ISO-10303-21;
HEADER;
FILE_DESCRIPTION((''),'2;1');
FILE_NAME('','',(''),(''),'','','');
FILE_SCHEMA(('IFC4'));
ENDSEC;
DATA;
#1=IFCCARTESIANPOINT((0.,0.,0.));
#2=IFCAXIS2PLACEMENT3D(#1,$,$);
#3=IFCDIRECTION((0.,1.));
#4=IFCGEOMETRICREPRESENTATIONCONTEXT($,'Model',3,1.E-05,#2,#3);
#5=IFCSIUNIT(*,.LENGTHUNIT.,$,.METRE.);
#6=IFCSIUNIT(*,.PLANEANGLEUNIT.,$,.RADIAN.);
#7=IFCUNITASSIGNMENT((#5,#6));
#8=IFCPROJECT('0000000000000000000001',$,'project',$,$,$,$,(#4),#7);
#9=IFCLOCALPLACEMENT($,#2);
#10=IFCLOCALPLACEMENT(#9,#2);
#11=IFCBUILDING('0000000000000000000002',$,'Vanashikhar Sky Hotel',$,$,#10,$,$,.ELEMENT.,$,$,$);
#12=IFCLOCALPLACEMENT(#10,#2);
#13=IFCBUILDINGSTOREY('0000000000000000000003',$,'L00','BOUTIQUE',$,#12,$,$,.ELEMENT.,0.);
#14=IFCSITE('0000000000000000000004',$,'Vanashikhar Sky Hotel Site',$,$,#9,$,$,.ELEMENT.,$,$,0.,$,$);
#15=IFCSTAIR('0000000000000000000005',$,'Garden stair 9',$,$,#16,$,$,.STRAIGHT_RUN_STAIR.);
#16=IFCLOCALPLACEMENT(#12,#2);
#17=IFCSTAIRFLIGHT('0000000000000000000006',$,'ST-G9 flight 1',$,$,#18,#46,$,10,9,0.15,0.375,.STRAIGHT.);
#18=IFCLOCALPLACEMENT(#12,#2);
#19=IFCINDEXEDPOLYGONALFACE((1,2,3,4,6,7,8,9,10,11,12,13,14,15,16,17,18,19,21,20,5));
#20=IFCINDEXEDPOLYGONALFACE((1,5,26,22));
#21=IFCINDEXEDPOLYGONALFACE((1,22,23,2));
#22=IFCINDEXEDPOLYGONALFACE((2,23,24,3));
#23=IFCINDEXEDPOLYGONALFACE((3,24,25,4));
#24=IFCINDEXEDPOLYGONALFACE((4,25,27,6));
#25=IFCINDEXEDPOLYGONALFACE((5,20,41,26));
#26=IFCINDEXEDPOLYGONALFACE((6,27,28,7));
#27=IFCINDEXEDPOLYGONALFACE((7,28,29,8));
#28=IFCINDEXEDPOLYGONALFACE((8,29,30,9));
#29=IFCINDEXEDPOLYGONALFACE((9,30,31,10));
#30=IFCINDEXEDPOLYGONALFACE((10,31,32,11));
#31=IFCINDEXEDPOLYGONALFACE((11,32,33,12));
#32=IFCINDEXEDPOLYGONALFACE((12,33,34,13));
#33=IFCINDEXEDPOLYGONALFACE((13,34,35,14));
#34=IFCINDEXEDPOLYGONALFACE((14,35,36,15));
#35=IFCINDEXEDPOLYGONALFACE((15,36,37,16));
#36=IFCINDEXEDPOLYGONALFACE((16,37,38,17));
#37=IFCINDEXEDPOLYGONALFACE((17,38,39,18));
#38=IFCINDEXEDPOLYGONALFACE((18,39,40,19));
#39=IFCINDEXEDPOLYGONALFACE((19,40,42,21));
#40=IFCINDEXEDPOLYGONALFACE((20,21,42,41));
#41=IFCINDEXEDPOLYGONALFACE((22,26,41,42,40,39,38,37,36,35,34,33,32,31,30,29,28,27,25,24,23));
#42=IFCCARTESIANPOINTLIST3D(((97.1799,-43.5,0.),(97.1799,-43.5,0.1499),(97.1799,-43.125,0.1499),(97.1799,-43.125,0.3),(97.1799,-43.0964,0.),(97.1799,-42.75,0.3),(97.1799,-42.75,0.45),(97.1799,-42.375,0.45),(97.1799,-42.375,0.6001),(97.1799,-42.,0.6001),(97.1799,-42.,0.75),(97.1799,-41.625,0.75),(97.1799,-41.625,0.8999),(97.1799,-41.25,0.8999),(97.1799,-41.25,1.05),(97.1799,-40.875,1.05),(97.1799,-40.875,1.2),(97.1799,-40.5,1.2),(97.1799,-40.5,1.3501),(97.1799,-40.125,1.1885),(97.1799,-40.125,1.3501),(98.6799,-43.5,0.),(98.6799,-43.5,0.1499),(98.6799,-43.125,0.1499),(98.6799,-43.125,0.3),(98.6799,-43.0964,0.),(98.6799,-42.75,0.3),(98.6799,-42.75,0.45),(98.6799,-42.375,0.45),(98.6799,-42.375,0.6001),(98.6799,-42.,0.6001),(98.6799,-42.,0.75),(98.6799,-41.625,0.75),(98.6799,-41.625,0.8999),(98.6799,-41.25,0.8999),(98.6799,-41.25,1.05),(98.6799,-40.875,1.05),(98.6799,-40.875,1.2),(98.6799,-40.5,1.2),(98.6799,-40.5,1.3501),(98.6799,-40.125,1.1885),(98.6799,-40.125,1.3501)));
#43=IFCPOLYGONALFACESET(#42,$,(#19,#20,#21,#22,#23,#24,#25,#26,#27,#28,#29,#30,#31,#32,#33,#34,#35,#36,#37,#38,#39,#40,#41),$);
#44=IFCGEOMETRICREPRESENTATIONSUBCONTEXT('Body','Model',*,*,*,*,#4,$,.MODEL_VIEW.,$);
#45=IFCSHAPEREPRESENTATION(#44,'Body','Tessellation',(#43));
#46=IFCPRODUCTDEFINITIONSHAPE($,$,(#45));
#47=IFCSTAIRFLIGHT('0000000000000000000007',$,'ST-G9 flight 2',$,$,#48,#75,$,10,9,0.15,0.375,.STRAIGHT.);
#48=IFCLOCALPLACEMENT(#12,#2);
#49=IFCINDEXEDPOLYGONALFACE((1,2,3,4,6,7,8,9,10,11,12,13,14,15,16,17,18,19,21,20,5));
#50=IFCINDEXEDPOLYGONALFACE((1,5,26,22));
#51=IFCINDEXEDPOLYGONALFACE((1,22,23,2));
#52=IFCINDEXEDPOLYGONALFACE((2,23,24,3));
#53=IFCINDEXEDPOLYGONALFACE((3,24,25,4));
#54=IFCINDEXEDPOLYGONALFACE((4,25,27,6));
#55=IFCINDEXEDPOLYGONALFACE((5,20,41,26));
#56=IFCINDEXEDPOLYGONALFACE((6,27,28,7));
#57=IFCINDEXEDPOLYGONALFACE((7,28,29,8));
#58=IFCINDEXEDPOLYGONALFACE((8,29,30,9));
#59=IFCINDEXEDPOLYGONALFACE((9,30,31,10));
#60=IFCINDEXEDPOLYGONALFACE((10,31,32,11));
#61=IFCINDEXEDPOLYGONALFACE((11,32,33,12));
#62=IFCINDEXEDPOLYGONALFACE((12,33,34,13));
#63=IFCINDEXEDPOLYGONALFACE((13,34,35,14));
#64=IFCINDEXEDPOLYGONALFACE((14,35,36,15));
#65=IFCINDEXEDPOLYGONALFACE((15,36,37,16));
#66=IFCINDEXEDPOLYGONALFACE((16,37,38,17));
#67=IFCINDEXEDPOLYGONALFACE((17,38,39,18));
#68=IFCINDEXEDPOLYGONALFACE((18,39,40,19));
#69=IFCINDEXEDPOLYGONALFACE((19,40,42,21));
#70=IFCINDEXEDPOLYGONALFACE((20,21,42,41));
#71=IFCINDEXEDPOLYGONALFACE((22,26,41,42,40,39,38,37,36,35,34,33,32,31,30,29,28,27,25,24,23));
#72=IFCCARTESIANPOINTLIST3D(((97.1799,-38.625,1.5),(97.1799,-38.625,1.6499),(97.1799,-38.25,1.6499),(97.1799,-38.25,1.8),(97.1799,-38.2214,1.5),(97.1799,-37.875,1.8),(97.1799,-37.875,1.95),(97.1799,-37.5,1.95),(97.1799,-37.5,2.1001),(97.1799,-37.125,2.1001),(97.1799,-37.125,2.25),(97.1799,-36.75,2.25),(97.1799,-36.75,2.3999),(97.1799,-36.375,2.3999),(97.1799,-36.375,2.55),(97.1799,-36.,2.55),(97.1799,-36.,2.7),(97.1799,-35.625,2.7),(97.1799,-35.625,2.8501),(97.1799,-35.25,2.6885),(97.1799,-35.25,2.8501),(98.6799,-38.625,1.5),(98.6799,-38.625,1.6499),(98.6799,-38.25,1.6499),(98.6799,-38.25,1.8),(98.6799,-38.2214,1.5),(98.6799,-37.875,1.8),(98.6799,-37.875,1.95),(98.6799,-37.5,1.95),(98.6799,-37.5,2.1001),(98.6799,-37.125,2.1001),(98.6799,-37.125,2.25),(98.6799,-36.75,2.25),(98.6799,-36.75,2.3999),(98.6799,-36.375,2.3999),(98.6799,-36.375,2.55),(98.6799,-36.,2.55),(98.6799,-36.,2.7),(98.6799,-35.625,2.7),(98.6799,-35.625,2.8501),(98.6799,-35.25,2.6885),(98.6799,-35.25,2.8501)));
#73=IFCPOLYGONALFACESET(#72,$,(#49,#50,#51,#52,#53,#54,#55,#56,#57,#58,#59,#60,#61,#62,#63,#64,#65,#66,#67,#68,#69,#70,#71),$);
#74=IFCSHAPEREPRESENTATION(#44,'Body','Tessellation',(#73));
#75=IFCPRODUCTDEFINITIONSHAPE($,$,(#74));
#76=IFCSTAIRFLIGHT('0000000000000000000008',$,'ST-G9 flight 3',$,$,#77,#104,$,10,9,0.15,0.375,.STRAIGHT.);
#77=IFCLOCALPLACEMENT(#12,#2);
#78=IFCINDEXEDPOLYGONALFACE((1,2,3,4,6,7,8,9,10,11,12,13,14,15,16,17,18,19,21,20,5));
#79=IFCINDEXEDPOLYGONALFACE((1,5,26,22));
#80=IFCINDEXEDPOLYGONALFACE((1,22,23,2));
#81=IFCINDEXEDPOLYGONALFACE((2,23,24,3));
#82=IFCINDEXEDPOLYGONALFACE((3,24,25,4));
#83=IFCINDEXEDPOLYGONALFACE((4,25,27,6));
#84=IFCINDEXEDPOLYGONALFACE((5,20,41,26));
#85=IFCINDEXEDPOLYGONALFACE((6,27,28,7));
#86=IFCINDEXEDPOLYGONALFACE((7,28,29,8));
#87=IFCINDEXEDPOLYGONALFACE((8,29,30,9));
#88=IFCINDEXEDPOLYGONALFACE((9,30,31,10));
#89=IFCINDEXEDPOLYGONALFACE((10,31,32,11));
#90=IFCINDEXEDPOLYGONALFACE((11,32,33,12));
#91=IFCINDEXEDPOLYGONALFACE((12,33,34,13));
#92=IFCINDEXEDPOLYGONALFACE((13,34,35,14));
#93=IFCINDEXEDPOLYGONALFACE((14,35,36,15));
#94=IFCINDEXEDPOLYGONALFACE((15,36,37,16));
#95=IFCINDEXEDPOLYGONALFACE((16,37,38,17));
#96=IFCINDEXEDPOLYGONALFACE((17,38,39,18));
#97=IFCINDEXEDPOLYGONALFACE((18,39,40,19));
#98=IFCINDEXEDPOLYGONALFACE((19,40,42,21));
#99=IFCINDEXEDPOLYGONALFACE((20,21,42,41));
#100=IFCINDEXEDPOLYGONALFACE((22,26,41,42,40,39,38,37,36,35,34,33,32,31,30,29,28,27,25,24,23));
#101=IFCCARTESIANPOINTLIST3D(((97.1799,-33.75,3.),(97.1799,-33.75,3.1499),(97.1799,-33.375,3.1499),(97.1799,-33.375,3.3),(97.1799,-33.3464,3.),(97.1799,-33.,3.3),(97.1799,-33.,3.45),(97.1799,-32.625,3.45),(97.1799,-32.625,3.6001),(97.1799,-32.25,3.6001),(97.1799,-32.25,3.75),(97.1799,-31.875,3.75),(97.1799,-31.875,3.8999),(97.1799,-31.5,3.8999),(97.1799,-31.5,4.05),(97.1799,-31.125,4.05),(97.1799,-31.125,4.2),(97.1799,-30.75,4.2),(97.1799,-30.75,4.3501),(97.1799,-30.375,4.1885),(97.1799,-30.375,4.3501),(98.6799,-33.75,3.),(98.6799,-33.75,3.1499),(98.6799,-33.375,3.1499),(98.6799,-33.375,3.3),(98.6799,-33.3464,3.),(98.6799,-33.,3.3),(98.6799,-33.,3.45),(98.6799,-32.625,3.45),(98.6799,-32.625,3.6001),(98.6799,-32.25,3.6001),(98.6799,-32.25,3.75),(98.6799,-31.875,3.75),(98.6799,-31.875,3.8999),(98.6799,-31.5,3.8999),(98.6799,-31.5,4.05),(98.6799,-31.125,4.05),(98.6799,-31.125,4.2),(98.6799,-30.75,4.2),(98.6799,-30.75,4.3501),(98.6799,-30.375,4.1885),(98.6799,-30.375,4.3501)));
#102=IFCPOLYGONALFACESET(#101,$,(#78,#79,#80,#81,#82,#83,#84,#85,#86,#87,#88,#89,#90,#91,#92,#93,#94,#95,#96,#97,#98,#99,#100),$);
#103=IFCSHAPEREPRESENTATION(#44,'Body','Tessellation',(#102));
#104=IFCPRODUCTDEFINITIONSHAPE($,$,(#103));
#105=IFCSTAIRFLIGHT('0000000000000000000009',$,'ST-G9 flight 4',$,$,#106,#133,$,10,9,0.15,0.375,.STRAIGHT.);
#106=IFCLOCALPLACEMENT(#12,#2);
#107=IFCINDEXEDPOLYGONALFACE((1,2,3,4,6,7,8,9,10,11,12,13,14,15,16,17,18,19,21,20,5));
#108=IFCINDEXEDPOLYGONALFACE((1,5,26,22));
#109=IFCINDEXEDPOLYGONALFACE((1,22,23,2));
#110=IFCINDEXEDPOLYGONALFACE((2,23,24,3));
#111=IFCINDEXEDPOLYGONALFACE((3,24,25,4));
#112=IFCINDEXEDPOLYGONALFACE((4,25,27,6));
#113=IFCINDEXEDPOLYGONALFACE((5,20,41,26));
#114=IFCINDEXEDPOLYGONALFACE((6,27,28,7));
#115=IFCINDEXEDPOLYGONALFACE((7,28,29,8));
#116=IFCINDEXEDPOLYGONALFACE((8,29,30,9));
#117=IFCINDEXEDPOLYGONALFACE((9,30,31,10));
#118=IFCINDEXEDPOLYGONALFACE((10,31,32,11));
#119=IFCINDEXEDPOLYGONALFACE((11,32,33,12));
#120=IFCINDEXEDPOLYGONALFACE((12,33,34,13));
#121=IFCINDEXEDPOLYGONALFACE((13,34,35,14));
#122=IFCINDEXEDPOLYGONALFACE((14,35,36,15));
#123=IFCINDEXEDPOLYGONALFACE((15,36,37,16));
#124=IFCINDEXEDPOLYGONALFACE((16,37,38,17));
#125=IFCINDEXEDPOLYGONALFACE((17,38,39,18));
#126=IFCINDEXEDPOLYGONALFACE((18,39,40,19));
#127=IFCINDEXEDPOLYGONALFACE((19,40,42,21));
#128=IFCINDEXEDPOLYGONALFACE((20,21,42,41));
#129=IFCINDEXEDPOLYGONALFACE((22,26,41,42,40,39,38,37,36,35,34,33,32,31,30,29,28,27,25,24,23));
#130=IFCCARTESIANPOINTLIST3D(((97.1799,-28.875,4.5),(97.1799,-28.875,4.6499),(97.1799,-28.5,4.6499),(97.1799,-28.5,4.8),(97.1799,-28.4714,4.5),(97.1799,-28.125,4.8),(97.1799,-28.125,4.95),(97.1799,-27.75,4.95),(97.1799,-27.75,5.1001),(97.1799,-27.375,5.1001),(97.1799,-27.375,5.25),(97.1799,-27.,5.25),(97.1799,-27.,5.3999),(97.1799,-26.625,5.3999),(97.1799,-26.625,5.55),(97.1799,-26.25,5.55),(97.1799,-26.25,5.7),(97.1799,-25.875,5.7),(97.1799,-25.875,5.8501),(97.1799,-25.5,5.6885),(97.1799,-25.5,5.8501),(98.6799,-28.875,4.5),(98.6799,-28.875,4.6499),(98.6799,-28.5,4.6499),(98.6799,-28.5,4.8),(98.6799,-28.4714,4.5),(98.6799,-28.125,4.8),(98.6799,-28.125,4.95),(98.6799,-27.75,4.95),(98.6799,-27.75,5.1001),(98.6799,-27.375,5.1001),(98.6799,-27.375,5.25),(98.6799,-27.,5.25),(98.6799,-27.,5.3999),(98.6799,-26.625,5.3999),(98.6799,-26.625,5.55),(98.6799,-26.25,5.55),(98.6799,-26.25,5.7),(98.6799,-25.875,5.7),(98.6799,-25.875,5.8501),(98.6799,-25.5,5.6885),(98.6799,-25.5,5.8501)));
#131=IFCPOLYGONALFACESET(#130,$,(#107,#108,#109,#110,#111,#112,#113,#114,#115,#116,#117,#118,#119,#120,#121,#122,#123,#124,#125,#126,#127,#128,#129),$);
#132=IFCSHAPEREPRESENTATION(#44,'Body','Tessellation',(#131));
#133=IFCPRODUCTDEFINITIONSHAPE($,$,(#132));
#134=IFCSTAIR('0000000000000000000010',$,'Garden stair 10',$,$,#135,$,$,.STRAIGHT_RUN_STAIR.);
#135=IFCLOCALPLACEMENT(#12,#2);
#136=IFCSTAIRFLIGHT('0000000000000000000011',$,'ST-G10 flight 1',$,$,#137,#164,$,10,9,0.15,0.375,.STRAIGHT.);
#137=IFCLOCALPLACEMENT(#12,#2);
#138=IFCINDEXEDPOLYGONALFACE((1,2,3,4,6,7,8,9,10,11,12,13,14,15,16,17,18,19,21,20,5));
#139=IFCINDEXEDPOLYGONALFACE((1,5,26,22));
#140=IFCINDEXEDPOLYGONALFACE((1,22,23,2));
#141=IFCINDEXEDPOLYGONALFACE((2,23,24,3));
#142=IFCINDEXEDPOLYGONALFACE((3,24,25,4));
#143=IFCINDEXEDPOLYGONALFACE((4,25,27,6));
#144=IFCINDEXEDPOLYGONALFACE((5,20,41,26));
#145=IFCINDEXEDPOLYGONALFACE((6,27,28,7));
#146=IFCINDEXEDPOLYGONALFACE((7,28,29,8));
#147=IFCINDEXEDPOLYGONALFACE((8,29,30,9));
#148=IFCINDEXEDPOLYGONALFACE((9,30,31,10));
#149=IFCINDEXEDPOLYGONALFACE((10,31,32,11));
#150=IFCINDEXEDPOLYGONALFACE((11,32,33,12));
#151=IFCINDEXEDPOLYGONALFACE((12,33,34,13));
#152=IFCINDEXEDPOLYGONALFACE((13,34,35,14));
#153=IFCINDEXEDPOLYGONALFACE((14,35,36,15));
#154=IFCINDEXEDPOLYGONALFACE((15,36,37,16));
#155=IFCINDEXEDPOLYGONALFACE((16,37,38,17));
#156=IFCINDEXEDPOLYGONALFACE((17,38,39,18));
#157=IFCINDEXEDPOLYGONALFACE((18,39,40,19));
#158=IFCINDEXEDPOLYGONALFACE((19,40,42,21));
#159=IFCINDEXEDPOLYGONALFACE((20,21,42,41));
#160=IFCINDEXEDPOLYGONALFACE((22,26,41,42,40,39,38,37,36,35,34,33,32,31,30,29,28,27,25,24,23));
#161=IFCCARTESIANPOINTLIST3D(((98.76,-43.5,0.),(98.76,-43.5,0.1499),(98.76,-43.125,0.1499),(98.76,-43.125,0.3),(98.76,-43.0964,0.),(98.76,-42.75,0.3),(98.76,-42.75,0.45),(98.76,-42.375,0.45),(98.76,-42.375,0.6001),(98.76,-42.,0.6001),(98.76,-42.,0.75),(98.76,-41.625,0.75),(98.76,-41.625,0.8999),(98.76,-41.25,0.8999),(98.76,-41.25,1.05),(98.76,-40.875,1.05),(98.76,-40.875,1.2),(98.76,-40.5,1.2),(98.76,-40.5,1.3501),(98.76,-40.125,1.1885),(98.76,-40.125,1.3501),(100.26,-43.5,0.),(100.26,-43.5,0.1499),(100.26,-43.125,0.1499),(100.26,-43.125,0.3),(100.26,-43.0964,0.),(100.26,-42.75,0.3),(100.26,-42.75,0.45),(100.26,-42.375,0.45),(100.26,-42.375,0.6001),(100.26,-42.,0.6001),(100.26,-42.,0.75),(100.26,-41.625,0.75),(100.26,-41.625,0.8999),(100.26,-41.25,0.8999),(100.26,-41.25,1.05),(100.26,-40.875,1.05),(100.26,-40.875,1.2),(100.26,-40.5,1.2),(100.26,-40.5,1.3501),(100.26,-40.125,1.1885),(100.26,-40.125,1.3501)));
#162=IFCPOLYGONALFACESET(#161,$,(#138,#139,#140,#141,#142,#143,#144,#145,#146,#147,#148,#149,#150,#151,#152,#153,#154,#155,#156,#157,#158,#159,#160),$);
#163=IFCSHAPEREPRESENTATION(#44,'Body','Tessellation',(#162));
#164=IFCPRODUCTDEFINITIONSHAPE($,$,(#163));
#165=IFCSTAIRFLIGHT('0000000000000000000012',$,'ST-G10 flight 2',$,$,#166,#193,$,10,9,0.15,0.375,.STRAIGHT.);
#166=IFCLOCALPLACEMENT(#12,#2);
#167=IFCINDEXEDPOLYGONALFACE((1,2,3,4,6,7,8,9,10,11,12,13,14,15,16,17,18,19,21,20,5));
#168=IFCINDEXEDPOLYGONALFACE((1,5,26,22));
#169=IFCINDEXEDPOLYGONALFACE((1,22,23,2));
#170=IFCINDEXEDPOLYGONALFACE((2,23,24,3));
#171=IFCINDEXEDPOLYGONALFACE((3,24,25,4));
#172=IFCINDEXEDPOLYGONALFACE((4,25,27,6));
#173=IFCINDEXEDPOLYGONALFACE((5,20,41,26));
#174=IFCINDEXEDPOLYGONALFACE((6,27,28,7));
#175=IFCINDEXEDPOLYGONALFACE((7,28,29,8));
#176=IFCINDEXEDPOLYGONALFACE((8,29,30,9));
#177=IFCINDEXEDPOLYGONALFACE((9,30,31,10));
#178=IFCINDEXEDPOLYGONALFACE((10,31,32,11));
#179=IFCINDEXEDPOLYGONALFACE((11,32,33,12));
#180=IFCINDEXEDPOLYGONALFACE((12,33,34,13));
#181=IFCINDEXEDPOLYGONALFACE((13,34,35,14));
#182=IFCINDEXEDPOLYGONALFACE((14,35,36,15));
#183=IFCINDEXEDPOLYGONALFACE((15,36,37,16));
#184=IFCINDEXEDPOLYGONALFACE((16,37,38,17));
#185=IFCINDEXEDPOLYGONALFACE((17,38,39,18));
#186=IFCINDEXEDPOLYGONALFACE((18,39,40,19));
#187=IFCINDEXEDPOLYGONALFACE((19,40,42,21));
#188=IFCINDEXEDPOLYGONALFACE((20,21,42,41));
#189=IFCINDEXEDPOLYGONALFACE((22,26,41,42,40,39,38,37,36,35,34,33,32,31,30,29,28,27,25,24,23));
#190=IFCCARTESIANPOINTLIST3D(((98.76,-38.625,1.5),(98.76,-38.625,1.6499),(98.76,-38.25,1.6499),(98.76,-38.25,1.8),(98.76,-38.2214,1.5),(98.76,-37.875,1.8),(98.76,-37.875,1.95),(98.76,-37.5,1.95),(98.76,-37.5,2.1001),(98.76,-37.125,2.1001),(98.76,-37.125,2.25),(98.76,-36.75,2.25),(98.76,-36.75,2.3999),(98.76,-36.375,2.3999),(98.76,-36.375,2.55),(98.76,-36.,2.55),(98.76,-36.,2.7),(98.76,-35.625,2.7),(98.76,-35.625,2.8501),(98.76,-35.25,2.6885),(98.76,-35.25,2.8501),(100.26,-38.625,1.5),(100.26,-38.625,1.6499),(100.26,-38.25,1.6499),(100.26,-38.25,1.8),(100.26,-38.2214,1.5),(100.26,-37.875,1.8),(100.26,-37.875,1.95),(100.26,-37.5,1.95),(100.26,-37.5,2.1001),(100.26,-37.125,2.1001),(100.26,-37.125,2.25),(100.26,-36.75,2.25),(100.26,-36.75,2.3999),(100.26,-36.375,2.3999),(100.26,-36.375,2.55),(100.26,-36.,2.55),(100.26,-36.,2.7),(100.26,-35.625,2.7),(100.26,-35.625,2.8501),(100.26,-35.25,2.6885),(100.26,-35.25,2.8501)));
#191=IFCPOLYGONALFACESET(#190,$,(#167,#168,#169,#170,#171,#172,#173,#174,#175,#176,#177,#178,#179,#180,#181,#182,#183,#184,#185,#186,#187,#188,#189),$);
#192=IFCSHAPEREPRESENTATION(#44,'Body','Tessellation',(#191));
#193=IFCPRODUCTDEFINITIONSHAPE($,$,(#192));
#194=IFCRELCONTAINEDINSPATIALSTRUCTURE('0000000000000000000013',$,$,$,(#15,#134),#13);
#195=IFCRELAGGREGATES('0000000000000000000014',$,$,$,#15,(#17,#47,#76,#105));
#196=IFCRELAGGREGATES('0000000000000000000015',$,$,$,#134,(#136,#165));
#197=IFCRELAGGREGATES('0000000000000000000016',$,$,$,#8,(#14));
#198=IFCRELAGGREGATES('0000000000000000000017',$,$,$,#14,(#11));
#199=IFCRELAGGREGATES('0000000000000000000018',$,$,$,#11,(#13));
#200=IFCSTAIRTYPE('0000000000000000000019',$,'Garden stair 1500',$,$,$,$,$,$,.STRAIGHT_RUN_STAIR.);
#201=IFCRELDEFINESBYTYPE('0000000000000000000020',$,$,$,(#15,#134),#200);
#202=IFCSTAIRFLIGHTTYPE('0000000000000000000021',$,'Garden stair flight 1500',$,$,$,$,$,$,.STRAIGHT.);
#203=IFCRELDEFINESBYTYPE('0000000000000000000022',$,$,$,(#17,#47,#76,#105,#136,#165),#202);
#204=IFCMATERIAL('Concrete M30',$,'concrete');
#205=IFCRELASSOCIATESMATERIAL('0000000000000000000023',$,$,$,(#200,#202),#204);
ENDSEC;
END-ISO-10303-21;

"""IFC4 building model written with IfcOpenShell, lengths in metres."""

from ifc_helpers import new_model, si_unit, direction, frame, origin, place, context, subcontext, project, spatial, polyline, outline, extrude, source, transform, mapped, material, type_object, element, aggregate, save


model = new_model("IFC4")

# Units and contexts
model_context = context("Model", 3, precision=1e-05, world=origin(), true_north=direction((0.0, 1.0)))
body_context = subcontext(model_context, "Body", "Model", "MODEL_VIEW")
ifc_project = project(units=[si_unit("LENGTHUNIT", "METRE"), si_unit("PLANEANGLEUNIT", "RADIAN")], contexts=[model_context])

# Site, building, storey
site_placement = place(None, origin())
site = spatial("IfcSite", under=ifc_project, at=site_placement, Name="Vanashikhar Sky Hotel Site", CompositionType="ELEMENT", RefElevation=0.0)
building_placement = place(site_placement, origin())
building = spatial("IfcBuilding", under=site, at=building_placement, Name="Vanashikhar Sky Hotel", CompositionType="ELEMENT")
storey_placement = place(building_placement, origin())
storey = spatial("IfcBuildingStorey", under=building, at=storey_placement, Name="L00", Description="BOUTIQUE", CompositionType="ELEMENT", Elevation=0.0)

# Stairs, stair flights
ifc_material_1 = material(Name="Concrete M30", Category="concrete")
stair_type = type_object("IfcStairType", Name="Garden stair 1500", PredefinedType="STRAIGHT_RUN_STAIR", material=ifc_material_1)
stair_flight_type = type_object("IfcStairFlightType", Name="Garden stair flight 1500", PredefinedType="STRAIGHT", material=ifc_material_1)
shared_shape_1 = source(origin(), body_context, "Body", "SweptSolid", [
    extrude(outline(polyline([(0.0, 0.0), (0.0, 0.1499), (0.375, 0.1499), (0.375, 0.3), (0.75, 0.3), (0.75, 0.45), (1.125, 0.45), (1.125, 0.6001), (1.5, 0.6001), (1.5, 0.75), (1.875, 0.75), (1.875, 0.8999), (2.25, 0.8999), (2.25, 1.05), (2.625, 1.05), (2.625, 1.2), (3.0, 1.2), (3.0, 1.3501), (3.375, 1.3501), (3.375, 1.5), (3.375, 1.1885), (0.4036, 0.0), (0.0, 0.0)])), frame((0.0, 0.75, 0.0), z_axis=(0.0, -1.0, 0.0), x_axis=(1.0, 0.0, 0.0)), (0.0, 0.0, 1.0), 1.5),
])
stair_1_placement = place(storey_placement, origin())
stair_1 = element("IfcStair", 1, at=stair_1_placement, inside=storey, type_object=stair_type, Name="Garden stair 9", PredefinedType="STRAIGHT_RUN_STAIR")
stair_flight_1_placement = place(storey_placement, frame((97.9299, -43.5, 0.0), z_axis=(0.0, 0.0, 1.0), x_axis=(0.0, 1.0, 0.0)))
stair_flight_1 = element("IfcStairFlight", 2, at=stair_flight_1_placement, type_object=stair_flight_type, Name="ST-G9 flight 1", NumberOfRisers=10, NumberOfTreads=9, PredefinedType="STRAIGHT", RiserHeight=0.15, TreadLength=0.375, context=body_context, shape_type="MappedRepresentation", body=[
    mapped(shared_shape_1, transform((0.0, 0.0, 0.0), scale=1.0)),
])
stair_flight_2_placement = place(storey_placement, frame((97.9299, -38.625, 1.5), z_axis=(0.0, 0.0, 1.0), x_axis=(0.0, 1.0, 0.0)))
stair_flight_2 = element("IfcStairFlight", 3, at=stair_flight_2_placement, type_object=stair_flight_type, Name="ST-G9 flight 2", NumberOfRisers=10, NumberOfTreads=9, PredefinedType="STRAIGHT", RiserHeight=0.15, TreadLength=0.375, context=body_context, shape_type="MappedRepresentation", body=[
    mapped(shared_shape_1, transform((0.0, 0.0, 0.0), scale=1.0)),
])
stair_flight_3_placement = place(storey_placement, frame((97.9299, -33.75, 3.0), z_axis=(0.0, 0.0, 1.0), x_axis=(0.0, 1.0, 0.0)))
stair_flight_3 = element("IfcStairFlight", 4, at=stair_flight_3_placement, type_object=stair_flight_type, Name="ST-G9 flight 3", NumberOfRisers=10, NumberOfTreads=9, PredefinedType="STRAIGHT", RiserHeight=0.15, TreadLength=0.375, context=body_context, shape_type="MappedRepresentation", body=[
    mapped(shared_shape_1, transform((0.0, 0.0, 0.0), scale=1.0)),
])
stair_flight_4_placement = place(storey_placement, frame((97.9299, -28.875, 4.5), z_axis=(0.0, 0.0, 1.0), x_axis=(0.0, 1.0, 0.0)))
stair_flight_4 = element("IfcStairFlight", 5, at=stair_flight_4_placement, type_object=stair_flight_type, Name="ST-G9 flight 4", NumberOfRisers=10, NumberOfTreads=9, PredefinedType="STRAIGHT", RiserHeight=0.15, TreadLength=0.375, context=body_context, shape_type="MappedRepresentation", body=[
    mapped(shared_shape_1, transform((0.0, 0.0, 0.0), scale=1.0)),
])
aggregate(stair_1, [stair_flight_1, stair_flight_2, stair_flight_3, stair_flight_4])
stair_2_placement = place(storey_placement, origin())
stair_2 = element("IfcStair", 6, at=stair_2_placement, inside=storey, type_object=stair_type, Name="Garden stair 10", PredefinedType="STRAIGHT_RUN_STAIR")
stair_flight_5_placement = place(storey_placement, frame((99.51, -43.5, 0.0), z_axis=(0.0, 0.0, 1.0), x_axis=(0.0, 1.0, 0.0)))
stair_flight_5 = element("IfcStairFlight", 7, at=stair_flight_5_placement, type_object=stair_flight_type, Name="ST-G10 flight 1", NumberOfRisers=10, NumberOfTreads=9, PredefinedType="STRAIGHT", RiserHeight=0.15, TreadLength=0.375, context=body_context, shape_type="MappedRepresentation", body=[
    mapped(shared_shape_1, transform((0.0, 0.0, 0.0), scale=1.0)),
])
stair_flight_6_placement = place(storey_placement, frame((99.51, -38.625, 1.5), z_axis=(0.0, 0.0, 1.0), x_axis=(0.0, 1.0, 0.0)))
stair_flight_6 = element("IfcStairFlight", 8, at=stair_flight_6_placement, type_object=stair_flight_type, Name="ST-G10 flight 2", NumberOfRisers=10, NumberOfTreads=9, PredefinedType="STRAIGHT", RiserHeight=0.15, TreadLength=0.375, context=body_context, shape_type="MappedRepresentation", body=[
    mapped(shared_shape_1, transform((0.0, 0.0, 0.0), scale=1.0)),
])
aggregate(stair_2, [stair_flight_5, stair_flight_6])

save(model, "model.ifc")
